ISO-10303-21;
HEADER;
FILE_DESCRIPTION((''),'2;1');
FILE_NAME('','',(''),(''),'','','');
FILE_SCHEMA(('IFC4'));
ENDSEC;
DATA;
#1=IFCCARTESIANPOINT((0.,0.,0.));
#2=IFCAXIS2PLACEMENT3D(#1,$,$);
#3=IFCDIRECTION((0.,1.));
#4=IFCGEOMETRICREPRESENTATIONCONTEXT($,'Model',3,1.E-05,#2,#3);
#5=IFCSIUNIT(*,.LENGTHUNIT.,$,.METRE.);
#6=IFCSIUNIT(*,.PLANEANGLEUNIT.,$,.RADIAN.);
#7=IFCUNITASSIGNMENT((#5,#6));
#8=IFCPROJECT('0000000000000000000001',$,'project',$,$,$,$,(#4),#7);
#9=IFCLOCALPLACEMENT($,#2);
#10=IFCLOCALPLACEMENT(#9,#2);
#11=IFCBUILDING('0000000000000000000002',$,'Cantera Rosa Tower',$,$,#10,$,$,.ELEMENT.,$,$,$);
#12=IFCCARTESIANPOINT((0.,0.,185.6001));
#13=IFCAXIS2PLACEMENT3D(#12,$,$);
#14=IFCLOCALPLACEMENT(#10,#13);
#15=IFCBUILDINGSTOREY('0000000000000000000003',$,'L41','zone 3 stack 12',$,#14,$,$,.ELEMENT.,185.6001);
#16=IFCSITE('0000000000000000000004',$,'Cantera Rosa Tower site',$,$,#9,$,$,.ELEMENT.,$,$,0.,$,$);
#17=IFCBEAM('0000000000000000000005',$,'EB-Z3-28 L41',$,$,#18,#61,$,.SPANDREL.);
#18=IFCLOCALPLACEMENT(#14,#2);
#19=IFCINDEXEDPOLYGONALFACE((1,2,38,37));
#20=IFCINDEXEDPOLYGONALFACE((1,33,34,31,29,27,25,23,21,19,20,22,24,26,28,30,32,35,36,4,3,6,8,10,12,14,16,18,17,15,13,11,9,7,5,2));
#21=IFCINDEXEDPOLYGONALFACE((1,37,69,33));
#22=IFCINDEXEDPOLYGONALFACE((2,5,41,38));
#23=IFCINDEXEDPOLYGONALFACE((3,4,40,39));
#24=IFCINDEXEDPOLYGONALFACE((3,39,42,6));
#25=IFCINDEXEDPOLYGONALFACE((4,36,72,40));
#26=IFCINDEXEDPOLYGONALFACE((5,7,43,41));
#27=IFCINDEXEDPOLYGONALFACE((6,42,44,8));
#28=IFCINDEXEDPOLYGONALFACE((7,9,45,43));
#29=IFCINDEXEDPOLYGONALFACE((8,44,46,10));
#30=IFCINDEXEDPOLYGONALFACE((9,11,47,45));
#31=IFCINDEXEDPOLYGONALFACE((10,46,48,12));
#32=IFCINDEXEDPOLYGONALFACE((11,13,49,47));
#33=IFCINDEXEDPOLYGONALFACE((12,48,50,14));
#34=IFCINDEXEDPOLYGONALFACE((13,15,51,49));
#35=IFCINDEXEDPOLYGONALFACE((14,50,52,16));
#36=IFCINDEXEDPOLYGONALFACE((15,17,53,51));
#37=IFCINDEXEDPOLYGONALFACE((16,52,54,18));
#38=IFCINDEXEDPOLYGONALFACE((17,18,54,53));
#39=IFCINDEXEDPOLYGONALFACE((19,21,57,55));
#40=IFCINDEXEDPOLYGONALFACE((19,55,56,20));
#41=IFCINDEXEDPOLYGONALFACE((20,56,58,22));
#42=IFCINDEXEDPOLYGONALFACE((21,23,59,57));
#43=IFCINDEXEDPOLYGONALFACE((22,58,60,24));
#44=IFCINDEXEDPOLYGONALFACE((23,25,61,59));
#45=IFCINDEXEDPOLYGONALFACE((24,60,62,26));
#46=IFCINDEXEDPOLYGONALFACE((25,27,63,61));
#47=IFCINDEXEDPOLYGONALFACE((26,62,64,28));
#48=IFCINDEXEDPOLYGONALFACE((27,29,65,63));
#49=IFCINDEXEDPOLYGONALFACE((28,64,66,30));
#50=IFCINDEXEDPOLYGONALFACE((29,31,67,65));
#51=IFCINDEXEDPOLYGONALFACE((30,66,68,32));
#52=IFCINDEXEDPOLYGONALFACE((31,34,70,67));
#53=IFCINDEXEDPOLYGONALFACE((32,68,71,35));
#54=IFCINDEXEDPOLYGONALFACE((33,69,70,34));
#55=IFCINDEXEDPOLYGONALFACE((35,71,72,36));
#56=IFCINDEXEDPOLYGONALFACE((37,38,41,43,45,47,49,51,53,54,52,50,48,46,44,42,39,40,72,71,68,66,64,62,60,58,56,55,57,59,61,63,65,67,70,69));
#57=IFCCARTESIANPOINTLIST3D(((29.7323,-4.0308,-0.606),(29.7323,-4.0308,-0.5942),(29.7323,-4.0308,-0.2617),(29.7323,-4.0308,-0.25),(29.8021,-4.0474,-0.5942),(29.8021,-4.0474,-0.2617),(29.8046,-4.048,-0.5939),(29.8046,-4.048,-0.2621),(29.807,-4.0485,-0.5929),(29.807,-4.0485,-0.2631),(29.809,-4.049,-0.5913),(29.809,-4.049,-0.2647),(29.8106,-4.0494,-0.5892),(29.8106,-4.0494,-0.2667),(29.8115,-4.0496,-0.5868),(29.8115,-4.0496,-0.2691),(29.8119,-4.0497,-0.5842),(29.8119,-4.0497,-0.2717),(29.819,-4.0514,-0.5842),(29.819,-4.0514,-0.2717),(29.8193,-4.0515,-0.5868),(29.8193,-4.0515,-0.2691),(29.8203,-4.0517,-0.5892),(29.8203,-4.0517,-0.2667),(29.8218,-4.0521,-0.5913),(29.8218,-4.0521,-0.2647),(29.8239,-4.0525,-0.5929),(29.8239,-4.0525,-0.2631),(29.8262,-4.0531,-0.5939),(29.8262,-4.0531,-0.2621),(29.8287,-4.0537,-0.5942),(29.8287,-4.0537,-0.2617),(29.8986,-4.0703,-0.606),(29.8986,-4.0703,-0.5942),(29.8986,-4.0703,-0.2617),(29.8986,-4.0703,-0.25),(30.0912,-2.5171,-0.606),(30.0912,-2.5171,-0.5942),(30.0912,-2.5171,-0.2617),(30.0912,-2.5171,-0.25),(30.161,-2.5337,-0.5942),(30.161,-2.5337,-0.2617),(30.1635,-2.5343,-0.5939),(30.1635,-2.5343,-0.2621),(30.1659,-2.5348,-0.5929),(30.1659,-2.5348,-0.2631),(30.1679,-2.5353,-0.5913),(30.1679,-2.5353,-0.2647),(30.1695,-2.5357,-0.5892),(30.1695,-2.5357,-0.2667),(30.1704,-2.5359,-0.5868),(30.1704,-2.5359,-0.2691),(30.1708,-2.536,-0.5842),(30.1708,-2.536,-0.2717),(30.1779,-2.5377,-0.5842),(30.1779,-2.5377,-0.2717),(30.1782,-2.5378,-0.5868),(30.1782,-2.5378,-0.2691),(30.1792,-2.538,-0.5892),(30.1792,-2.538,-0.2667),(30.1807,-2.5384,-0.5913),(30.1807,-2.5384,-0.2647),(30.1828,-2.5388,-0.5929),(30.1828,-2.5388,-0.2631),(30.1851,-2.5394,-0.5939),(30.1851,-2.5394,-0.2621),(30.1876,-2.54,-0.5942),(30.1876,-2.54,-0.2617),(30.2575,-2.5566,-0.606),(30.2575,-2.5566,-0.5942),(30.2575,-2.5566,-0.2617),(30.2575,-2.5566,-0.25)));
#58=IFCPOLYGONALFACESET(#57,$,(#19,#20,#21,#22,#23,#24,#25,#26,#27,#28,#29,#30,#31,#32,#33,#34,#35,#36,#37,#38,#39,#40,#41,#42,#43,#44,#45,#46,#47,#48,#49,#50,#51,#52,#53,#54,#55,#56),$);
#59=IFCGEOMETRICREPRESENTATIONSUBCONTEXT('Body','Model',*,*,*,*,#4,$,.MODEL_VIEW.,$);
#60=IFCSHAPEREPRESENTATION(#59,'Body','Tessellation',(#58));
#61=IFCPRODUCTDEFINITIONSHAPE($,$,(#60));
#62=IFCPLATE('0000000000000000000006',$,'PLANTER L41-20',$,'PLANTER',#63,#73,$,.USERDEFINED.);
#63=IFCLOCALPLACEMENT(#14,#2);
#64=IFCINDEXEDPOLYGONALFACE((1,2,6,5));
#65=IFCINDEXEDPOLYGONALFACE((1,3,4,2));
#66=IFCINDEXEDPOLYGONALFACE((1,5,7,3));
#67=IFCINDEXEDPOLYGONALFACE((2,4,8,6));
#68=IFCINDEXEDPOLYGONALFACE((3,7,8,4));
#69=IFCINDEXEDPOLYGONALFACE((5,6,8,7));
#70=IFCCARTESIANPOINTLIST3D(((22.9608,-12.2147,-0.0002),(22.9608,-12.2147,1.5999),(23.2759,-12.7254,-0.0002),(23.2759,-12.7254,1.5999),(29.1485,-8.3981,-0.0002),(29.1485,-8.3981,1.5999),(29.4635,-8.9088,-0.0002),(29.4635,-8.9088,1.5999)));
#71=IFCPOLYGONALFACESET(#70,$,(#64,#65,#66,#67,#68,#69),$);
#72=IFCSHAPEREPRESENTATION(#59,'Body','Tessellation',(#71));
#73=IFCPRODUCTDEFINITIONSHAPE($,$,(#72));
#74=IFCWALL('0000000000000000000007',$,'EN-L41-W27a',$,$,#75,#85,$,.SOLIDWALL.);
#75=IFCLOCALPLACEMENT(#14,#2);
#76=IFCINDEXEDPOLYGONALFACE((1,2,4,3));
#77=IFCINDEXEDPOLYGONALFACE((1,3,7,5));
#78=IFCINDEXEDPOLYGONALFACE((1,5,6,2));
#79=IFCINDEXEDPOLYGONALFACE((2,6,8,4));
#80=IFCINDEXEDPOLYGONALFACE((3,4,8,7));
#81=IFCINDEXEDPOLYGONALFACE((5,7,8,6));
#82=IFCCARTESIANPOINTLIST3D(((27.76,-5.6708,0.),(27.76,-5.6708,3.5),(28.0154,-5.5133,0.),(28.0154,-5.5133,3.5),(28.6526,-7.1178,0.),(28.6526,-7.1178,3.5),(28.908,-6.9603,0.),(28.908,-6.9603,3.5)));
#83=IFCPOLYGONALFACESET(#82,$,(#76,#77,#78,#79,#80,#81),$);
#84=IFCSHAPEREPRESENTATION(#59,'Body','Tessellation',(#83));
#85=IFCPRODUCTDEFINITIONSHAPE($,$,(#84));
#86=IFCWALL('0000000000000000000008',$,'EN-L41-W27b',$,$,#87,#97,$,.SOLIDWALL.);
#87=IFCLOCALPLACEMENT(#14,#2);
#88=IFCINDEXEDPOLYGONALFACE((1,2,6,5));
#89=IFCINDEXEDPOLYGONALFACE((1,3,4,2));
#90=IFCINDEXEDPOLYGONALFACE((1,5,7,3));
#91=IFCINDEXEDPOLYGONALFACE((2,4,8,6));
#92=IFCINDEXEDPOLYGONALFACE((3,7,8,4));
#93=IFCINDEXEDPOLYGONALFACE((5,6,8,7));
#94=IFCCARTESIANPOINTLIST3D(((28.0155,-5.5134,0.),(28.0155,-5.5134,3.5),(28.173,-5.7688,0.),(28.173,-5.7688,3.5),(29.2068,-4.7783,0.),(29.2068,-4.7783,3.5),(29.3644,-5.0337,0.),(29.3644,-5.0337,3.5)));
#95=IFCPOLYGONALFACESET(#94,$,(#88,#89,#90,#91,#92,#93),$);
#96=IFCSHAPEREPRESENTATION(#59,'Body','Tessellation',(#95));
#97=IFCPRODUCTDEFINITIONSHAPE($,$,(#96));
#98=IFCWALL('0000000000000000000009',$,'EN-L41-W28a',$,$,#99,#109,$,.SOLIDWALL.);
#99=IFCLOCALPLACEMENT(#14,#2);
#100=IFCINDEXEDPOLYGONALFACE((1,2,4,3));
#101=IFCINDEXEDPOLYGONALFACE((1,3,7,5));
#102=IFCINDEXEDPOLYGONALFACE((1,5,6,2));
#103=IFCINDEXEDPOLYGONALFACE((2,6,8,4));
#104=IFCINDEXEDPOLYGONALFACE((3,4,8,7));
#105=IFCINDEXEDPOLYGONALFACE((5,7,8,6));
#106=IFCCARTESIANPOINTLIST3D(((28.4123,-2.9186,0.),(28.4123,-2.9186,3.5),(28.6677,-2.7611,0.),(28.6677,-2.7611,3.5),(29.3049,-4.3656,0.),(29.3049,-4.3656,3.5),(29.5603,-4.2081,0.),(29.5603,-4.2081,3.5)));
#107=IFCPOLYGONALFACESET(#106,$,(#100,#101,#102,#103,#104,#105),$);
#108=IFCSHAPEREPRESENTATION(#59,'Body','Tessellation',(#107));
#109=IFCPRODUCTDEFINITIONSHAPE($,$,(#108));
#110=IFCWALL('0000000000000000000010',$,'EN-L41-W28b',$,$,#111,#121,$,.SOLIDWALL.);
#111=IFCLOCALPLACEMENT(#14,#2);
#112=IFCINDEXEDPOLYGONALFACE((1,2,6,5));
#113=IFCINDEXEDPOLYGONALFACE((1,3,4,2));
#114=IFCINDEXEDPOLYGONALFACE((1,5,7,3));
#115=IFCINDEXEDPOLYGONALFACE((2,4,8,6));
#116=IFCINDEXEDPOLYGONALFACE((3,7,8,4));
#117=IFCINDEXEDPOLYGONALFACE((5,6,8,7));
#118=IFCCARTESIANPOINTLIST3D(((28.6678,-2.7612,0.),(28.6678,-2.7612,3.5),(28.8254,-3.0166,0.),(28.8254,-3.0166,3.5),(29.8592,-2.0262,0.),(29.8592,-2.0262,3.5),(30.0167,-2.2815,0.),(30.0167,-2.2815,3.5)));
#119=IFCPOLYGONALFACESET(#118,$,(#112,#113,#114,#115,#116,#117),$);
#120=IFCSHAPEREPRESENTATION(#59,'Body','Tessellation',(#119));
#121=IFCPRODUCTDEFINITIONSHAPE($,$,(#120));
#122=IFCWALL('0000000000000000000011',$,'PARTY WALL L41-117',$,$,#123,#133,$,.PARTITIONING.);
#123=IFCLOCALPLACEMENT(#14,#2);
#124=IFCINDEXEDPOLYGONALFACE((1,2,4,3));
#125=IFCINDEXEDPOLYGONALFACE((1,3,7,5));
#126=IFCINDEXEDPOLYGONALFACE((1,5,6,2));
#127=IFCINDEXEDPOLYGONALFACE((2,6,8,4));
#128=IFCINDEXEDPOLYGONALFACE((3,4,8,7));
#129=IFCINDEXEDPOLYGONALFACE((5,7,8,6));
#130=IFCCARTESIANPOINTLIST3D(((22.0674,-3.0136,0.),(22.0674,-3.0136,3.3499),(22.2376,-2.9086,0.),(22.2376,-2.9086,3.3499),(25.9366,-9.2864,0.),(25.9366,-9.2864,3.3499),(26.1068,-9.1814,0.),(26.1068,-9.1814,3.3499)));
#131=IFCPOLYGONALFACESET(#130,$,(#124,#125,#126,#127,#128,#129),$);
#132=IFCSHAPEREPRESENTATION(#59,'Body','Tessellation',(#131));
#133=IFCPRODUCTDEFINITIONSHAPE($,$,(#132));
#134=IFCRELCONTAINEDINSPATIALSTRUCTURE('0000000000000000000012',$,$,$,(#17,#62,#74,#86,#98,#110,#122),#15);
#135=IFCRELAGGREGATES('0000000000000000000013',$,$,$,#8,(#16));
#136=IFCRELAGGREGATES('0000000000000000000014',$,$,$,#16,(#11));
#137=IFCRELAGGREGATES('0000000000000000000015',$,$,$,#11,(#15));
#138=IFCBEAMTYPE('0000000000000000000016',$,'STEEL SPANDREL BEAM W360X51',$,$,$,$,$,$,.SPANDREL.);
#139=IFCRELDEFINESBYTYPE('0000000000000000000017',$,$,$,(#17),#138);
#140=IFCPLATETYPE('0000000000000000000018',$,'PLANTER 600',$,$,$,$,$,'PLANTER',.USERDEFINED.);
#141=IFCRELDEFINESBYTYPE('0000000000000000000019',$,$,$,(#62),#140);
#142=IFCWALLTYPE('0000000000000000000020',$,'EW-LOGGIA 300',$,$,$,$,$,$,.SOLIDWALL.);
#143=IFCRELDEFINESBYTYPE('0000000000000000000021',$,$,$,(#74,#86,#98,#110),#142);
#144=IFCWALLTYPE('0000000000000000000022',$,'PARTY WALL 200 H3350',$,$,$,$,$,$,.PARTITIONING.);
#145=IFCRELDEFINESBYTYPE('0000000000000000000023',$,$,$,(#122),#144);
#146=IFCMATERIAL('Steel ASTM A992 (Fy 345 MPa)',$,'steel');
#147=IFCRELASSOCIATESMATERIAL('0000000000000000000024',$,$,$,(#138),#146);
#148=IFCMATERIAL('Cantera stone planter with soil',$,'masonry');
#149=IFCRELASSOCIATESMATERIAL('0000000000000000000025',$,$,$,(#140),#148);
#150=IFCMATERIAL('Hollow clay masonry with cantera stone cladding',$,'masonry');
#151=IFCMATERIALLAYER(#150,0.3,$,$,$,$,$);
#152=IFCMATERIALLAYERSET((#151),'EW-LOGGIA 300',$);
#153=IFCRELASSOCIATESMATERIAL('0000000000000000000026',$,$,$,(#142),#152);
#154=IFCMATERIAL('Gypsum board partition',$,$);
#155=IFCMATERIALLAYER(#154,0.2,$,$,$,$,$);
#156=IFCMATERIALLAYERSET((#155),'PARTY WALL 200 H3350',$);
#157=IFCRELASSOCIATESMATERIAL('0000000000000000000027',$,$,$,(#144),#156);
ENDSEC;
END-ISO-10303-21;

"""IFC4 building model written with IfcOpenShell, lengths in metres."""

from ifc_helpers import new_model, si_unit, direction, frame, frame_2d, origin, origin_2d, place, context, subcontext, project, spatial, rectangle, i_section, extrude, material, layer, layer_set, material_profile, profile_set, type_object, element, save


model = new_model("IFC4")

# Units and contexts
model_context = context("Model", 3, precision=1e-05, world=origin(), true_north=direction((0.0, 1.0)))
body_context = subcontext(model_context, "Body", "Model", "MODEL_VIEW")
ifc_project = project(units=[si_unit("LENGTHUNIT", "METRE"), si_unit("PLANEANGLEUNIT", "RADIAN")], contexts=[model_context])

# Site, building, storey
site_placement = place(None, origin())
site = spatial("IfcSite", under=ifc_project, at=site_placement, Name="Cantera Rosa Tower site", CompositionType="ELEMENT", RefElevation=0.0)
building_placement = place(site_placement, origin())
building = spatial("IfcBuilding", under=site, at=building_placement, Name="Cantera Rosa Tower", CompositionType="ELEMENT")
storey_placement = place(building_placement, frame((0.0, 0.0, 185.6001)))
storey = spatial("IfcBuildingStorey", under=building, at=storey_placement, Name="L41", Description="zone 3 stack 12", CompositionType="ELEMENT", Elevation=185.6001)

# Beam
ifc_material_1 = material(Name="Steel ASTM A992 (Fy 345 MPa)", Category="steel")
ifc_material_profile_1 = material_profile(ifc_material_1, i_section(OverallWidth=0.1709, OverallDepth=0.356, WebThickness=0.0073, FlangeThickness=0.0117, FilletRadius=0.01, at=origin_2d()), Name="W360X51")
ifc_profile_set_1 = profile_set([ifc_material_profile_1], Name="Steel ASTM A992 (Fy 345 MPa)")
beam_type_1 = type_object("IfcBeamType", Name="STEEL SPANDREL BEAM W360X51", PredefinedType="SPANDREL", material=ifc_profile_set_1)
for number, where, z_axis, x_axis, name in (
    (1, (29.8154, -4.0505, -0.428), (0.230701, 0.973025, 0.0), (-0.973025, 0.230701, 0.0), "EB-Z3-28 L41"),
):
    element("IfcBeam", number, at=place(storey_placement, frame(where, z_axis=z_axis, x_axis=x_axis)), inside=storey, type_object=beam_type_1, Name=name, PredefinedType="SPANDREL", context=body_context, shape_type="SweptSolid", body=[
        extrude(i_section(OverallWidth=0.1709, OverallDepth=0.356, WebThickness=0.0073, FlangeThickness=0.0117, FilletRadius=0.01, at=origin_2d()), origin(), (0.0, 0.0, 1.0), 1.5557),
    ])

# Plate
ifc_material_2 = material(Name="Cantera stone planter with soil", Category="masonry")
plate_type = type_object("IfcPlateType", Name="PLANTER 600", ElementType="PLANTER", PredefinedType="USERDEFINED", material=ifc_material_2)
plate_placement = place(storey_placement, frame((26.2122, -10.5618, -0.0002), z_axis=(0.0, 0.0, 1.0), x_axis=(0.851117, 0.524977, 0.0)))
element("IfcPlate", 2, at=plate_placement, inside=storey, type_object=plate_type, Name="PLANTER L41-20", ObjectType="PLANTER", PredefinedType="USERDEFINED", context=body_context, shape_type="SweptSolid", body=[
    extrude(rectangle(XDim=7.27, YDim=0.6001, at=origin_2d()), origin(), (0.0, 0.0, 1.0), 1.6001),
])

# Walls
ifc_material_3 = material(Name="Hollow clay masonry with cantera stone cladding", Category="masonry")
ifc_layer_1 = layer(ifc_material_3, 0.3)
ifc_layer_set_1 = layer_set([ifc_layer_1], Name="EW-LOGGIA 300")
wall_type_1 = type_object("IfcWallType", Name="EW-LOGGIA 300", PredefinedType="SOLIDWALL", material=ifc_layer_set_1)
wall_1_placement = place(storey_placement, frame((28.7803, -7.0391, 0.0), z_axis=(0.0, 0.0, 1.0), x_axis=(-0.524994, 0.851106, 0.0)))
element("IfcWall", 3, at=wall_1_placement, inside=storey, type_object=wall_type_1, Name="EN-L41-W27a", PredefinedType="SOLIDWALL", context=body_context, shape_type="SweptSolid", body=[
    extrude(rectangle(XDim=1.7002, YDim=0.3, at=frame_2d((0.8501, 0.0))), origin(), (0.0, 0.0, 1.0), 3.5),
])
wall_2_placement = place(storey_placement, frame((28.0942, -5.6411, 0.0), z_axis=(0.0, 0.0, 1.0), x_axis=(0.851041, 0.525099, 0.0)))
element("IfcWall", 4, at=wall_2_placement, inside=storey, type_object=wall_type_1, Name="EN-L41-W27b", PredefinedType="SOLIDWALL", context=body_context, shape_type="SweptSolid", body=[
    extrude(rectangle(XDim=1.3999, YDim=0.3, at=frame_2d((0.7, 0.0))), origin(), (0.0, 0.0, 1.0), 3.5),
])
wall_3_placement = place(storey_placement, frame((29.4326, -4.2869, 0.0), z_axis=(0.0, 0.0, 1.0), x_axis=(-0.524994, 0.851106, 0.0)))
element("IfcWall", 5, at=wall_3_placement, inside=storey, type_object=wall_type_1, Name="EN-L41-W28a", PredefinedType="SOLIDWALL", context=body_context, shape_type="SweptSolid", body=[
    extrude(rectangle(XDim=1.7002, YDim=0.3, at=frame_2d((0.8501, 0.0))), origin(), (0.0, 0.0, 1.0), 3.5),
])
wall_4_placement = place(storey_placement, frame((28.7466, -2.8889, 0.0), z_axis=(0.0, 0.0, 1.0), x_axis=(0.851041, 0.525099, 0.0)))
element("IfcWall", 6, at=wall_4_placement, inside=storey, type_object=wall_type_1, Name="EN-L41-W28b", PredefinedType="SOLIDWALL", context=body_context, shape_type="SweptSolid", body=[
    extrude(rectangle(XDim=1.3999, YDim=0.3, at=frame_2d((0.7, 0.0))), origin(), (0.0, 0.0, 1.0), 3.5),
])

# Wall
ifc_material_4 = material(Name="Gypsum board partition")
ifc_layer_2 = layer(ifc_material_4, 0.2)
ifc_layer_set_2 = layer_set([ifc_layer_2], Name="PARTY WALL 200 H3350")
wall_type_2 = type_object("IfcWallType", Name="PARTY WALL 200 H3350", PredefinedType="PARTITIONING", material=ifc_layer_set_2)
wall_5_placement = place(storey_placement, frame((26.0217, -9.2339, 0.0), z_axis=(0.0, 0.0, 1.0), x_axis=(-0.524984, 0.851112, 0.0)))
element("IfcWall", 7, at=wall_5_placement, inside=storey, type_object=wall_type_2, Name="PARTY WALL L41-117", PredefinedType="PARTITIONING", context=body_context, shape_type="SweptSolid", body=[
    extrude(rectangle(XDim=7.3701, YDim=0.2, at=frame_2d((3.6851, 0.0))), origin(), (0.0, 0.0, 1.0), 3.3499),
])

save(model, "model.ifc")
